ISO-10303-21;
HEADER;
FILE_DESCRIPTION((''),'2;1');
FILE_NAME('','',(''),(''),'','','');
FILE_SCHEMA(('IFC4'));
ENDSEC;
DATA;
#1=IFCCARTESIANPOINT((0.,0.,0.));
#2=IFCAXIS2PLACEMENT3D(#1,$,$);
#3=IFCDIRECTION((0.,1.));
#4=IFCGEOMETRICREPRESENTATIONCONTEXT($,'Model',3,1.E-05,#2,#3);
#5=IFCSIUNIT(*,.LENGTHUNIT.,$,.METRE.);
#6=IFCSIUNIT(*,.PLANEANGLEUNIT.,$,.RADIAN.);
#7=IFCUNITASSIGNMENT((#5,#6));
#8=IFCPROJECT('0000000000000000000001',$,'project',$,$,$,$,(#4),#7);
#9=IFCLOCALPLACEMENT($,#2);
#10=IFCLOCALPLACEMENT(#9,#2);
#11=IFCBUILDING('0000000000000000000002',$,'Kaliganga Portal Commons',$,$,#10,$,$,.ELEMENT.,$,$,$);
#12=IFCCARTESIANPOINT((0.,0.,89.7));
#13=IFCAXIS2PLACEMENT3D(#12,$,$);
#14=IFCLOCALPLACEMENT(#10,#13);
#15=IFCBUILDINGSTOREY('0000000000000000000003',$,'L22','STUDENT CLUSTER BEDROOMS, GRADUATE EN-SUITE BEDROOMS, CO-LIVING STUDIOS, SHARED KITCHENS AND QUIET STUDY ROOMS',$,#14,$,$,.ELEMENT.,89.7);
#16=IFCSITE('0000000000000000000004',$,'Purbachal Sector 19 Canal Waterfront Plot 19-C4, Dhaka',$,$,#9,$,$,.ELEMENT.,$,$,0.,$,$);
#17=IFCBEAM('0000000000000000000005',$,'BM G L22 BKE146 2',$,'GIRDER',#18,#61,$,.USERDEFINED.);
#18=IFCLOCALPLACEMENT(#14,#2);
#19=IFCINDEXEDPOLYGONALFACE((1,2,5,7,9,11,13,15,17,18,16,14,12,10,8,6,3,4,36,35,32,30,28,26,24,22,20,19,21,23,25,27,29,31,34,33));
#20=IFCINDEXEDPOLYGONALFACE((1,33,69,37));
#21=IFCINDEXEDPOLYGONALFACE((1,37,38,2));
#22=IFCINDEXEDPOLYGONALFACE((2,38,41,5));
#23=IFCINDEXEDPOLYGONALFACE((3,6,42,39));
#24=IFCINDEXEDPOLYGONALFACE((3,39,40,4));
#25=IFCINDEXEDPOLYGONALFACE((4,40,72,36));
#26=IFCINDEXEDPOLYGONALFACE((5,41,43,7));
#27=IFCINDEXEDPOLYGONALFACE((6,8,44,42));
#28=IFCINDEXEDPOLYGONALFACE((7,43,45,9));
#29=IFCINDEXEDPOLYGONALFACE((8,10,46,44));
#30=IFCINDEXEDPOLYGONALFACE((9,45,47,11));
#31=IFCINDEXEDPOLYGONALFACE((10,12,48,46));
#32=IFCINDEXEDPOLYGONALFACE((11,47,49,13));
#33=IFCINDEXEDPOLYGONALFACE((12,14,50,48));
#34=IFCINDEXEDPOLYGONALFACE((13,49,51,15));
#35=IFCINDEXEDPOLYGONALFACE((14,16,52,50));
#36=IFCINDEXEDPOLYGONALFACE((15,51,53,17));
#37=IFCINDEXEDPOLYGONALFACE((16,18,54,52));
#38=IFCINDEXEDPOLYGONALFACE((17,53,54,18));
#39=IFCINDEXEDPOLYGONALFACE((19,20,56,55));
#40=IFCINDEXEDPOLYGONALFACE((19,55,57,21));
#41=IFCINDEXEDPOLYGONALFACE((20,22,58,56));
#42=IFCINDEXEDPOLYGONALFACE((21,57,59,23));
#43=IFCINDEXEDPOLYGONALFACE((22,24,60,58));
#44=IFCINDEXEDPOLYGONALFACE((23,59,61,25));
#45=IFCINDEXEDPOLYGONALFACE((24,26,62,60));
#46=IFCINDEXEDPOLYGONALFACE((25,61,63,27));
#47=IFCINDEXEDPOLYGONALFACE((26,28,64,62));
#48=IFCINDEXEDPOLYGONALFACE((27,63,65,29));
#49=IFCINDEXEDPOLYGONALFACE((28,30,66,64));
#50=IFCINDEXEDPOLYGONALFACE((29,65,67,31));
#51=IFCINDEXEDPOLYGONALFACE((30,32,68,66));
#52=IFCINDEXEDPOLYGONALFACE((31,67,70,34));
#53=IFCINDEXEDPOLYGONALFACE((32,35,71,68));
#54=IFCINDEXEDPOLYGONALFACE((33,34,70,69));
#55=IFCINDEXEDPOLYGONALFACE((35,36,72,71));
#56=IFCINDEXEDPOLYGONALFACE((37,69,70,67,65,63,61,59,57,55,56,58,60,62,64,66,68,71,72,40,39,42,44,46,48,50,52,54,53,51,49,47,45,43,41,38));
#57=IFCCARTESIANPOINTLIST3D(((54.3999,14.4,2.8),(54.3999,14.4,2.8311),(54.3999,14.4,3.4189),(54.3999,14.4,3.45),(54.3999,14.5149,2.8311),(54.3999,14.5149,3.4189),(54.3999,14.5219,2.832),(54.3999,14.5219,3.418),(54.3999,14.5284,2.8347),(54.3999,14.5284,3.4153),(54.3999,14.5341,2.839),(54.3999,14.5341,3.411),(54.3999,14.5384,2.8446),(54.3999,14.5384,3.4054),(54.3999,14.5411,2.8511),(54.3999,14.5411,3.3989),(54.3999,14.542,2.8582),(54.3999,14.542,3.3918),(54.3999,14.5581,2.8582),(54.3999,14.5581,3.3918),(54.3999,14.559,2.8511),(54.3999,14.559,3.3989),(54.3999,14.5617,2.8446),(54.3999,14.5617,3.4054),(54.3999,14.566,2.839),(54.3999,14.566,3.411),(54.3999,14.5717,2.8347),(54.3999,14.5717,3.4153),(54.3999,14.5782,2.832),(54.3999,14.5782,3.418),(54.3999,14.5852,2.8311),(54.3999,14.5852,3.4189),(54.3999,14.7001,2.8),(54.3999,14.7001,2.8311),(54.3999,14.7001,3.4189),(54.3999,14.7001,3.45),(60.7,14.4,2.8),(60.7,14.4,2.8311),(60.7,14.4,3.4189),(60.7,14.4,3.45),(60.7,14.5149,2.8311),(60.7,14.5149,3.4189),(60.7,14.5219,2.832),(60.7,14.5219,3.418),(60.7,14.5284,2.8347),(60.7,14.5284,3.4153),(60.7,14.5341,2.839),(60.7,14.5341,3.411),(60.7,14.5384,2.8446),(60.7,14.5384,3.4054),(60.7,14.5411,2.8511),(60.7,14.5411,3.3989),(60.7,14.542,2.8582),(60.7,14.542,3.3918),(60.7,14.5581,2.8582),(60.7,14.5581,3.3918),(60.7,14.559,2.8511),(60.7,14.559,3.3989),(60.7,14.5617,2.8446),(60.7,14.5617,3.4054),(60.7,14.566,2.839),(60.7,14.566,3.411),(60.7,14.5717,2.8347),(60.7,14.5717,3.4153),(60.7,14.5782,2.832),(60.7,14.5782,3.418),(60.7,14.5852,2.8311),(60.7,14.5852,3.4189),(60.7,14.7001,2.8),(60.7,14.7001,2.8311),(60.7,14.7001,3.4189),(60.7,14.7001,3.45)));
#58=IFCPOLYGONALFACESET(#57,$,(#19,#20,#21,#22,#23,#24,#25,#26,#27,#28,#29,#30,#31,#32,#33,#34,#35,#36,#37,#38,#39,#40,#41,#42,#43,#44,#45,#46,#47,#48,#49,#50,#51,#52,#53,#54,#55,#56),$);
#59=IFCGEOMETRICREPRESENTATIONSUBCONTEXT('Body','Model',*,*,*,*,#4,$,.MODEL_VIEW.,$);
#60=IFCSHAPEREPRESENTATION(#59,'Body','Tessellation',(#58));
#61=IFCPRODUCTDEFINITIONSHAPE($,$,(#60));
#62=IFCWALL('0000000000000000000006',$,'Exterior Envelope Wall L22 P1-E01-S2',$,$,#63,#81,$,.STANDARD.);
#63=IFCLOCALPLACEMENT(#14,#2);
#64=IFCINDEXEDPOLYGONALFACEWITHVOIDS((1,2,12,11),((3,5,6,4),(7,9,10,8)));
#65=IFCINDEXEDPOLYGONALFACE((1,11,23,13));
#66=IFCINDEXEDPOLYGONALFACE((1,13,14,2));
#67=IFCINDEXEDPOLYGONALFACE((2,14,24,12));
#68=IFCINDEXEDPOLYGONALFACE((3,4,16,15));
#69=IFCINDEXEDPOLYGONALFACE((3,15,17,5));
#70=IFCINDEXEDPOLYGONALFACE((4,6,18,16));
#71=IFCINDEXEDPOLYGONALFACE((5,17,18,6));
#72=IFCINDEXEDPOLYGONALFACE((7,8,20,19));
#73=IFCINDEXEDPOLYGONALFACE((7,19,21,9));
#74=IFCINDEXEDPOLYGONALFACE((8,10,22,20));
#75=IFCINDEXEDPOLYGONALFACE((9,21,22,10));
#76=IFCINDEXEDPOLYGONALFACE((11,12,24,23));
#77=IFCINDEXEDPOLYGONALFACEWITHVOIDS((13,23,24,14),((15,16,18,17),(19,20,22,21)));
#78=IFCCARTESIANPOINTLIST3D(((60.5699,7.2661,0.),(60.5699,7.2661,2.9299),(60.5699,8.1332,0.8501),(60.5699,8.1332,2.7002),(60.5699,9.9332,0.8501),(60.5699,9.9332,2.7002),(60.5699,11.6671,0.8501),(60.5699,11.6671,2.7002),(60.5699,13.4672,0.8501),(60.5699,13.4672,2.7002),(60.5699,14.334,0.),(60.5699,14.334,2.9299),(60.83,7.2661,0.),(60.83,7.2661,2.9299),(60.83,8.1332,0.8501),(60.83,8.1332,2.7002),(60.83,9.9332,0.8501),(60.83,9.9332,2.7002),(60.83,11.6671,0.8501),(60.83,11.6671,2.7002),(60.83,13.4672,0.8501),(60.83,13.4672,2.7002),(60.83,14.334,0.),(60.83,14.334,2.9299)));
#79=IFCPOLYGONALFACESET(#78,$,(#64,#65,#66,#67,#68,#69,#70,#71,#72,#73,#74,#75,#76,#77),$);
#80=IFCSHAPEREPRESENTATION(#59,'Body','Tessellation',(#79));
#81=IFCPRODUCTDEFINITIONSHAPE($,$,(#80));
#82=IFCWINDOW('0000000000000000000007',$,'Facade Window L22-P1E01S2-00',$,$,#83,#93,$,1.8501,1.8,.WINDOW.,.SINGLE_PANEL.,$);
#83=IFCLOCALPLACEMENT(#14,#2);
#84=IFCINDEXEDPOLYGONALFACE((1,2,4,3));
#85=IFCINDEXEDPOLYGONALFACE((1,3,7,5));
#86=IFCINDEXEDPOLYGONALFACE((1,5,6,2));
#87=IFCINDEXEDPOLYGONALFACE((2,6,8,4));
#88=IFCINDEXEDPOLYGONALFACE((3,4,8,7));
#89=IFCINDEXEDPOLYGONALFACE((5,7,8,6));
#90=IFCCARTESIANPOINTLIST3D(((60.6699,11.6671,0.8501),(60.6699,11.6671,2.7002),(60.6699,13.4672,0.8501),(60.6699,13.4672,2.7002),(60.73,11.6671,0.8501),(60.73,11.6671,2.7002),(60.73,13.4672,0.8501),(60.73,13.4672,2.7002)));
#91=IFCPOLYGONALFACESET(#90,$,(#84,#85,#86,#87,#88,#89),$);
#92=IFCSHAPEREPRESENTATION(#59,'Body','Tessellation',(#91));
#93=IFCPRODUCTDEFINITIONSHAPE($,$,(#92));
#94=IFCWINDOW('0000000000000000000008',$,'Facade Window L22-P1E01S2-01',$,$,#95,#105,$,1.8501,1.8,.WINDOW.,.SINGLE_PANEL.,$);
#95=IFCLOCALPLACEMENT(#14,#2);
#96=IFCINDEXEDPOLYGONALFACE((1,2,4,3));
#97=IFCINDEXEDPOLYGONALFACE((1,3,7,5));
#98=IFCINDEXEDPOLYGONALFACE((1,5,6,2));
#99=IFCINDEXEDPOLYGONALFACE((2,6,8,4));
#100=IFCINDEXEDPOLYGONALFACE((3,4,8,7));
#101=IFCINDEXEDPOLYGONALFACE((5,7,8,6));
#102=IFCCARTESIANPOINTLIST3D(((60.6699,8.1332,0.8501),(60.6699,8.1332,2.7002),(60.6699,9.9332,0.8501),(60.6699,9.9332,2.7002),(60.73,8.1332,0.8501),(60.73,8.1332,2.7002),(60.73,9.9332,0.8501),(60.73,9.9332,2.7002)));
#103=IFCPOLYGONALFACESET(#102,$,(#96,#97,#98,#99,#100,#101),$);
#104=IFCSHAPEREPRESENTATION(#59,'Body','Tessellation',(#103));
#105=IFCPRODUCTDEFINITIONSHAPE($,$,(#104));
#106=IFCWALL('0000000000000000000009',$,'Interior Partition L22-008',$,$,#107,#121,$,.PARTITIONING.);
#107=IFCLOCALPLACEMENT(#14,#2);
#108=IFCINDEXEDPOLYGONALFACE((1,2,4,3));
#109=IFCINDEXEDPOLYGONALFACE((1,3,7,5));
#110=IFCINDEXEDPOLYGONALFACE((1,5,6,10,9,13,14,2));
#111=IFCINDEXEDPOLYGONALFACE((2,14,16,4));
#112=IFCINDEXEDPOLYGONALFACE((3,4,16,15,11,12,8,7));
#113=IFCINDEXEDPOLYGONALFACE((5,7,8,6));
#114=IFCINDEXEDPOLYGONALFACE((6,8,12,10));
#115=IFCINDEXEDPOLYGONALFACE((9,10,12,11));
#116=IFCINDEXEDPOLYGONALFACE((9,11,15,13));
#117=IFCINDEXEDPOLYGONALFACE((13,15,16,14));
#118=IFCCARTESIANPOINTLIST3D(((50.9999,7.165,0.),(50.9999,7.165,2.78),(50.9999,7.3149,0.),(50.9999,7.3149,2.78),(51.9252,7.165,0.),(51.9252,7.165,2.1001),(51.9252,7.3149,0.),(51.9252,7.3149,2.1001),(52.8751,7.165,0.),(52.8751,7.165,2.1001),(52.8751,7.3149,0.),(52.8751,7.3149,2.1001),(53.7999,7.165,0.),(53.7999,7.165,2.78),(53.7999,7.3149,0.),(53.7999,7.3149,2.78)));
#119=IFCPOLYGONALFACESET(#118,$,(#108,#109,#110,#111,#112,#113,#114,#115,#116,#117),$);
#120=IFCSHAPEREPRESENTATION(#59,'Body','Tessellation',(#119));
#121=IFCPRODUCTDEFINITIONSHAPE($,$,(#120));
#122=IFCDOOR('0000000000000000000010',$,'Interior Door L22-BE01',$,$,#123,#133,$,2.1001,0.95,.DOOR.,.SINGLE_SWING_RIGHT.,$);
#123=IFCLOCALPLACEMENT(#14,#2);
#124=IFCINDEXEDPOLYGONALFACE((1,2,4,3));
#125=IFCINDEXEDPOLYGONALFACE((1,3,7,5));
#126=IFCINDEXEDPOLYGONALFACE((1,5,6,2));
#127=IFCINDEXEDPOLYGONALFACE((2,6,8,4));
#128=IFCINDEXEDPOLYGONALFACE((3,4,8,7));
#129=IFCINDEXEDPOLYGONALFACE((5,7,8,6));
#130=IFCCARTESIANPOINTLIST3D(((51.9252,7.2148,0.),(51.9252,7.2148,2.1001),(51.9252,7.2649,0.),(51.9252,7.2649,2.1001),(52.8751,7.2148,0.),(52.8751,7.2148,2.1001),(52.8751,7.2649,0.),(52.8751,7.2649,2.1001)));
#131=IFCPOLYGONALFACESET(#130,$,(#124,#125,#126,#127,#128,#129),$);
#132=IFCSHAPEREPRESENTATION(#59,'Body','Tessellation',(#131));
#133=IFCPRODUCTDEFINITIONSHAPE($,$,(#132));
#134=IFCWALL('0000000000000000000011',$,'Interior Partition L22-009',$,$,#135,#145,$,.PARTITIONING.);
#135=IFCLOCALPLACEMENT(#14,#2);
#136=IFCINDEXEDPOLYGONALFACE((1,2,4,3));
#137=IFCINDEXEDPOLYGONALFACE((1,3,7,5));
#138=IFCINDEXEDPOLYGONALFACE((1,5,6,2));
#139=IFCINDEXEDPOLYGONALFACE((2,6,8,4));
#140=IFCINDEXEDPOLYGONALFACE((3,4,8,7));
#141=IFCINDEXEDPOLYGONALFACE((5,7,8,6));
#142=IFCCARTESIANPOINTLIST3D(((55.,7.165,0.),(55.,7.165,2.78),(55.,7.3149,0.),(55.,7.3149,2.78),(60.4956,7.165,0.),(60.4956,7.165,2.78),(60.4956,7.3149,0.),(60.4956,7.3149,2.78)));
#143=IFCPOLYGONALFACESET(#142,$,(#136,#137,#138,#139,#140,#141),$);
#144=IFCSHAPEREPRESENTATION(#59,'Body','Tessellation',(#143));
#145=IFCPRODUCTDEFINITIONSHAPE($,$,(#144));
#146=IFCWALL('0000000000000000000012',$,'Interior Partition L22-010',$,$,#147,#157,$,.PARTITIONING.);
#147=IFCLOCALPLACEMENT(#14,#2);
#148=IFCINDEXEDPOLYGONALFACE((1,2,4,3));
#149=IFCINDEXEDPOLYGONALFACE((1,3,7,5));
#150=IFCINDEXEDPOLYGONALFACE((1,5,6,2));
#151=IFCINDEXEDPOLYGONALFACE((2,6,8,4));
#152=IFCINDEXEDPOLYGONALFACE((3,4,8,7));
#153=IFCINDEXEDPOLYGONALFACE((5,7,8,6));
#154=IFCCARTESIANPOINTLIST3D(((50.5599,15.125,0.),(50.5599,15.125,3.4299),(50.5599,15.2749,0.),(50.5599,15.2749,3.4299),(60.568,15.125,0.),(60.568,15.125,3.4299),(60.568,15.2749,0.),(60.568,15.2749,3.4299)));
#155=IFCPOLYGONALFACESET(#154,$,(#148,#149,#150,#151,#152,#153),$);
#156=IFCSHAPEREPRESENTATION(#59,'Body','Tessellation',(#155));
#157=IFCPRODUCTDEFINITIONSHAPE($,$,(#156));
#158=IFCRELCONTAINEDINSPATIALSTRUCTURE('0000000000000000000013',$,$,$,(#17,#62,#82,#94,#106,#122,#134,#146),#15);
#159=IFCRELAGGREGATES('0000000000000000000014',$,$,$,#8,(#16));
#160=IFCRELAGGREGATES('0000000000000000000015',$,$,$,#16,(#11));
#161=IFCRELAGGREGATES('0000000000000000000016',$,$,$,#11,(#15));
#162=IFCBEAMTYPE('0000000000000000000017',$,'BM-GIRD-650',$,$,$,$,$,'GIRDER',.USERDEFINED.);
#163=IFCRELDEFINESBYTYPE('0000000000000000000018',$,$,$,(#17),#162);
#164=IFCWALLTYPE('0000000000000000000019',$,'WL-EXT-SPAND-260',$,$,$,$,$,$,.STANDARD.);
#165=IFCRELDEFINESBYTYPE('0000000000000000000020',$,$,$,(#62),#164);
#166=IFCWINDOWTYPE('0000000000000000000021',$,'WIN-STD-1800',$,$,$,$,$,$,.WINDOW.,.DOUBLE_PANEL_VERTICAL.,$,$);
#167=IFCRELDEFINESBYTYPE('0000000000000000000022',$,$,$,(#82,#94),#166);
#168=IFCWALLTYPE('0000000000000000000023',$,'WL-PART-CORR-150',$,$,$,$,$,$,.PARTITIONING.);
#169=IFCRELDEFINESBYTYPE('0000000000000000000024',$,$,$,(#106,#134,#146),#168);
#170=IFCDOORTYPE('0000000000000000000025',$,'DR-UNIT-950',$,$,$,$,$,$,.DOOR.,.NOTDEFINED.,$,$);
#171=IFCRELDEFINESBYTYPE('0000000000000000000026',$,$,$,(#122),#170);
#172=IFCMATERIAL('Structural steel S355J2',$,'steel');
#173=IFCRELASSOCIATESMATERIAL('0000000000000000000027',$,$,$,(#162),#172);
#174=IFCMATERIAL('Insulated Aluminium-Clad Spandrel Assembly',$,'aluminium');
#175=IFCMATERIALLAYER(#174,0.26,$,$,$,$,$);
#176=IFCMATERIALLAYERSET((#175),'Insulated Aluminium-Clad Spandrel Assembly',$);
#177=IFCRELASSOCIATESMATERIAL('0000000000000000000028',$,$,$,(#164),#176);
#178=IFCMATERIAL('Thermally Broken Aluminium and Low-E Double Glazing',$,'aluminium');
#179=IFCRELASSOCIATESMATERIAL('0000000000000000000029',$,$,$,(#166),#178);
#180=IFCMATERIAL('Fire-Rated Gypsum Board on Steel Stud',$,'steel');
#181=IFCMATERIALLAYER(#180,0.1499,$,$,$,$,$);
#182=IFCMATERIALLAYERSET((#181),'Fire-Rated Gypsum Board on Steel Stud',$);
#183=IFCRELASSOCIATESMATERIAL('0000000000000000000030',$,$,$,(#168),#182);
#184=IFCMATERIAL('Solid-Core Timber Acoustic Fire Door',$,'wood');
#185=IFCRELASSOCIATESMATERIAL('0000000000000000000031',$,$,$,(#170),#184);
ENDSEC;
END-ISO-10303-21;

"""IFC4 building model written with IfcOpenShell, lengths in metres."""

from ifc_helpers import new_model, si_unit, direction, frame, frame_2d, origin, origin_2d, place, context, subcontext, project, spatial, rectangle, i_section, extrude, source, transform, mapped, material, layer, layer_set, material_profile, profile_set, type_object, element, fill, save


model = new_model("IFC4")

# Units and contexts
model_context = context("Model", 3, precision=1e-05, world=origin(), true_north=direction((0.0, 1.0)))
body_context = subcontext(model_context, "Body", "Model", "MODEL_VIEW")
ifc_project = project(units=[si_unit("LENGTHUNIT", "METRE"), si_unit("PLANEANGLEUNIT", "RADIAN")], contexts=[model_context])

# Site, building, storey
site_placement = place(None, origin())
site = spatial("IfcSite", under=ifc_project, at=site_placement, Name="Purbachal Sector 19 Canal Waterfront Plot 19-C4, Dhaka", CompositionType="ELEMENT", RefElevation=0.0)
building_placement = place(site_placement, origin())
building = spatial("IfcBuilding", under=site, at=building_placement, Name="Kaliganga Portal Commons", CompositionType="ELEMENT")
storey_placement = place(building_placement, frame((0.0, 0.0, 89.7)))
storey = spatial("IfcBuildingStorey", under=building, at=storey_placement, Name="L22", Description="STUDENT CLUSTER BEDROOMS, GRADUATE EN-SUITE BEDROOMS, CO-LIVING STUDIOS, SHARED KITCHENS AND QUIET STUDY ROOMS", CompositionType="ELEMENT", Elevation=89.7)

# Beam
ifc_material_1 = material(Name="Structural steel S355J2", Category="steel")
ifc_material_profile_1 = material_profile(ifc_material_1, i_section(OverallWidth=0.3, OverallDepth=0.6499, WebThickness=0.0161, FlangeThickness=0.031, FilletRadius=0.0271, at=origin_2d()), Name="HE 650 B")
ifc_profile_set_1 = profile_set([ifc_material_profile_1], Name="Structural steel S355J2 wide-flange")
beam_type_1 = type_object("IfcBeamType", Name="BM-GIRD-650", ElementType="GIRDER", PredefinedType="USERDEFINED", material=ifc_profile_set_1)
shared_shape_1 = source(origin(), body_context, "Body", "SweptSolid", [
    extrude(i_section(OverallWidth=0.3, OverallDepth=0.6499, WebThickness=0.0161, FlangeThickness=0.031, FilletRadius=0.0271, at=origin_2d()), origin(), (0.0, 0.0, 1.0), 6.3),
])
beam_1_placement = place(storey_placement, frame((54.3999, 14.55, 3.125), z_axis=(1.0, 0.0, 0.0), x_axis=(0.0, 1.0, 0.0)))
element("IfcBeam", 1, at=beam_1_placement, inside=storey, type_object=beam_type_1, Name="BM G L22 BKE146 2", ObjectType="GIRDER", PredefinedType="USERDEFINED", context=body_context, shape_type="MappedRepresentation", body=[
    mapped(shared_shape_1, transform((0.0, 0.0, 0.0), x_axis=(1.0, 0.0, 0.0), y_axis=(0.0, 1.0, 0.0), z_axis=(0.0, 0.0, 1.0), scale=1.0)),
])

# Wall, openings, windows
ifc_material_2 = material(Name="Insulated Aluminium-Clad Spandrel Assembly", Category="aluminium")
ifc_layer_1 = layer(ifc_material_2, 0.26)
ifc_layer_set_1 = layer_set([ifc_layer_1], Name="Insulated Aluminium-Clad Spandrel Assembly")
wall_type_1 = type_object("IfcWallType", Name="WL-EXT-SPAND-260", PredefinedType="STANDARD", material=ifc_layer_set_1)
wall_1_placement = place(storey_placement, frame((60.7, 14.334, 0.0), z_axis=(0.0, 0.0, 1.0), x_axis=(0.0, -1.0, 0.0)))
wall_1 = element("IfcWall", 2, at=wall_1_placement, inside=storey, type_object=wall_type_1, Name="Exterior Envelope Wall L22 P1-E01-S2", PredefinedType="STANDARD", context=body_context, shape_type="SweptSolid", body=[
    extrude(rectangle(XDim=7.0679, YDim=0.26, at=frame_2d((3.5339, 0.0))), origin(), (0.0, 0.0, 1.0), 2.9299),
])
opening_1_placement = place(wall_1_placement, frame((0.8669, 0.0, 0.8501)))
opening_1 = element("IfcOpeningElement", 3, at=opening_1_placement, cuts=wall_1, PredefinedType="OPENING", context=body_context, shape_type="SweptSolid", body=[
    extrude(rectangle(XDim=1.8, YDim=1.8501, at=frame_2d((0.8999, 0.925))), frame((0.0, 0.1401, 0.0), z_axis=(0.0, -1.0, 0.0), x_axis=(1.0, 0.0, 0.0)), (0.0, 0.0, 1.0), 0.28),
])
opening_2_placement = place(wall_1_placement, frame((4.4009, 0.0, 0.8501)))
opening_2 = element("IfcOpeningElement", 4, at=opening_2_placement, cuts=wall_1, PredefinedType="OPENING", context=body_context, shape_type="SweptSolid", body=[
    extrude(rectangle(XDim=1.8, YDim=1.8501, at=frame_2d((0.8999, 0.925))), frame((0.0, 0.1401, 0.0), z_axis=(0.0, -1.0, 0.0), x_axis=(1.0, 0.0, 0.0)), (0.0, 0.0, 1.0), 0.28),
])
ifc_material_3 = material(Name="Thermally Broken Aluminium and Low-E Double Glazing", Category="aluminium")
window_type = type_object("IfcWindowType", Name="WIN-STD-1800", PartitioningType="DOUBLE_PANEL_VERTICAL", PredefinedType="WINDOW", material=ifc_material_3)
window_1_placement = place(opening_1_placement, origin())
window_1 = element("IfcWindow", 5, at=window_1_placement, inside=storey, type_object=window_type, Name="Facade Window L22-P1E01S2-00", OverallHeight=1.8501, OverallWidth=1.8, PartitioningType="SINGLE_PANEL", PredefinedType="WINDOW", context=body_context, shape_type="SweptSolid", body=[
    extrude(rectangle(XDim=1.8, YDim=1.8501, at=frame_2d((0.8999, 0.925))), frame((0.0, 0.03, 0.0), z_axis=(0.0, -1.0, 0.0), x_axis=(1.0, 0.0, 0.0)), (0.0, 0.0, 1.0), 0.0601),
])
fill(opening_1, window_1)
window_2_placement = place(opening_2_placement, origin())
window_2 = element("IfcWindow", 6, at=window_2_placement, inside=storey, type_object=window_type, Name="Facade Window L22-P1E01S2-01", OverallHeight=1.8501, OverallWidth=1.8, PartitioningType="SINGLE_PANEL", PredefinedType="WINDOW", context=body_context, shape_type="SweptSolid", body=[
    extrude(rectangle(XDim=1.8, YDim=1.8501, at=frame_2d((0.8999, 0.925))), frame((0.0, 0.03, 0.0), z_axis=(0.0, -1.0, 0.0), x_axis=(1.0, 0.0, 0.0)), (0.0, 0.0, 1.0), 0.0601),
])
fill(opening_2, window_2)

# Wall, opening, door
ifc_material_4 = material(Name="Fire-Rated Gypsum Board on Steel Stud", Category="steel")
ifc_layer_2 = layer(ifc_material_4, 0.1499)
ifc_layer_set_2 = layer_set([ifc_layer_2], Name="Fire-Rated Gypsum Board on Steel Stud")
wall_type_2 = type_object("IfcWallType", Name="WL-PART-CORR-150", PredefinedType="PARTITIONING", material=ifc_layer_set_2)
wall_2_placement = place(storey_placement, frame((51.0, 7.24, 0.0), z_axis=(0.0, 0.0, 1.0), x_axis=(1.0, 0.0, 0.0)))
wall_2 = element("IfcWall", 7, at=wall_2_placement, inside=storey, type_object=wall_type_2, Name="Interior Partition L22-008", PredefinedType="PARTITIONING", context=body_context, shape_type="SweptSolid", body=[
    extrude(rectangle(XDim=2.8, YDim=0.1499, at=frame_2d((1.3999, 0.0))), origin(), (0.0, 0.0, 1.0), 2.78),
])
opening_3_placement = place(wall_2_placement, frame((0.925, 0.0, 0.0)))
opening_3 = element("IfcOpeningElement", 8, at=opening_3_placement, cuts=wall_2, PredefinedType="OPENING", context=body_context, shape_type="SweptSolid", body=[
    extrude(rectangle(XDim=0.95, YDim=2.1001, at=frame_2d((0.4751, 1.05))), frame((0.0, 0.085, 0.0), z_axis=(0.0, -1.0, 0.0), x_axis=(1.0, 0.0, 0.0)), (0.0, 0.0, 1.0), 0.1699),
])
ifc_material_5 = material(Name="Solid-Core Timber Acoustic Fire Door", Category="wood")
door_type_1 = type_object("IfcDoorType", Name="DR-UNIT-950", OperationType="NOTDEFINED", PredefinedType="DOOR", material=ifc_material_5)
door_1_placement = place(opening_3_placement, origin())
door_1 = element("IfcDoor", 9, at=door_1_placement, inside=storey, type_object=door_type_1, Name="Interior Door L22-BE01", OperationType="SINGLE_SWING_RIGHT", OverallHeight=2.1001, OverallWidth=0.95, PredefinedType="DOOR", context=body_context, shape_type="SweptSolid", body=[
    extrude(rectangle(XDim=0.95, YDim=2.1001, at=frame_2d((0.4751, 1.05))), frame((0.0, 0.0249, 0.0), z_axis=(0.0, -1.0, 0.0), x_axis=(1.0, 0.0, 0.0)), (0.0, 0.0, 1.0), 0.05),
])
fill(opening_3, door_1)

# Walls
wall_3_placement = place(storey_placement, frame((55.0, 7.24, 0.0), z_axis=(0.0, 0.0, 1.0), x_axis=(1.0, 0.0, 0.0)))
element("IfcWall", 10, at=wall_3_placement, inside=storey, type_object=wall_type_2, Name="Interior Partition L22-009", PredefinedType="PARTITIONING", context=body_context, shape_type="SweptSolid", body=[
    extrude(rectangle(XDim=5.4956, YDim=0.1499, at=frame_2d((2.7478, 0.0))), origin(), (0.0, 0.0, 1.0), 2.78),
])
wall_4_placement = place(storey_placement, frame((50.5601, 15.2, 0.0), z_axis=(0.0, 0.0, 1.0), x_axis=(1.0, 0.0, 0.0)))
element("IfcWall", 11, at=wall_4_placement, inside=storey, type_object=wall_type_2, Name="Interior Partition L22-010", PredefinedType="PARTITIONING", context=body_context, shape_type="SweptSolid", body=[
    extrude(rectangle(XDim=10.0081, YDim=0.1499, at=frame_2d((5.0039, 0.0))), origin(), (0.0, 0.0, 1.0), 3.4299),
])

save(model, "model.ifc")
